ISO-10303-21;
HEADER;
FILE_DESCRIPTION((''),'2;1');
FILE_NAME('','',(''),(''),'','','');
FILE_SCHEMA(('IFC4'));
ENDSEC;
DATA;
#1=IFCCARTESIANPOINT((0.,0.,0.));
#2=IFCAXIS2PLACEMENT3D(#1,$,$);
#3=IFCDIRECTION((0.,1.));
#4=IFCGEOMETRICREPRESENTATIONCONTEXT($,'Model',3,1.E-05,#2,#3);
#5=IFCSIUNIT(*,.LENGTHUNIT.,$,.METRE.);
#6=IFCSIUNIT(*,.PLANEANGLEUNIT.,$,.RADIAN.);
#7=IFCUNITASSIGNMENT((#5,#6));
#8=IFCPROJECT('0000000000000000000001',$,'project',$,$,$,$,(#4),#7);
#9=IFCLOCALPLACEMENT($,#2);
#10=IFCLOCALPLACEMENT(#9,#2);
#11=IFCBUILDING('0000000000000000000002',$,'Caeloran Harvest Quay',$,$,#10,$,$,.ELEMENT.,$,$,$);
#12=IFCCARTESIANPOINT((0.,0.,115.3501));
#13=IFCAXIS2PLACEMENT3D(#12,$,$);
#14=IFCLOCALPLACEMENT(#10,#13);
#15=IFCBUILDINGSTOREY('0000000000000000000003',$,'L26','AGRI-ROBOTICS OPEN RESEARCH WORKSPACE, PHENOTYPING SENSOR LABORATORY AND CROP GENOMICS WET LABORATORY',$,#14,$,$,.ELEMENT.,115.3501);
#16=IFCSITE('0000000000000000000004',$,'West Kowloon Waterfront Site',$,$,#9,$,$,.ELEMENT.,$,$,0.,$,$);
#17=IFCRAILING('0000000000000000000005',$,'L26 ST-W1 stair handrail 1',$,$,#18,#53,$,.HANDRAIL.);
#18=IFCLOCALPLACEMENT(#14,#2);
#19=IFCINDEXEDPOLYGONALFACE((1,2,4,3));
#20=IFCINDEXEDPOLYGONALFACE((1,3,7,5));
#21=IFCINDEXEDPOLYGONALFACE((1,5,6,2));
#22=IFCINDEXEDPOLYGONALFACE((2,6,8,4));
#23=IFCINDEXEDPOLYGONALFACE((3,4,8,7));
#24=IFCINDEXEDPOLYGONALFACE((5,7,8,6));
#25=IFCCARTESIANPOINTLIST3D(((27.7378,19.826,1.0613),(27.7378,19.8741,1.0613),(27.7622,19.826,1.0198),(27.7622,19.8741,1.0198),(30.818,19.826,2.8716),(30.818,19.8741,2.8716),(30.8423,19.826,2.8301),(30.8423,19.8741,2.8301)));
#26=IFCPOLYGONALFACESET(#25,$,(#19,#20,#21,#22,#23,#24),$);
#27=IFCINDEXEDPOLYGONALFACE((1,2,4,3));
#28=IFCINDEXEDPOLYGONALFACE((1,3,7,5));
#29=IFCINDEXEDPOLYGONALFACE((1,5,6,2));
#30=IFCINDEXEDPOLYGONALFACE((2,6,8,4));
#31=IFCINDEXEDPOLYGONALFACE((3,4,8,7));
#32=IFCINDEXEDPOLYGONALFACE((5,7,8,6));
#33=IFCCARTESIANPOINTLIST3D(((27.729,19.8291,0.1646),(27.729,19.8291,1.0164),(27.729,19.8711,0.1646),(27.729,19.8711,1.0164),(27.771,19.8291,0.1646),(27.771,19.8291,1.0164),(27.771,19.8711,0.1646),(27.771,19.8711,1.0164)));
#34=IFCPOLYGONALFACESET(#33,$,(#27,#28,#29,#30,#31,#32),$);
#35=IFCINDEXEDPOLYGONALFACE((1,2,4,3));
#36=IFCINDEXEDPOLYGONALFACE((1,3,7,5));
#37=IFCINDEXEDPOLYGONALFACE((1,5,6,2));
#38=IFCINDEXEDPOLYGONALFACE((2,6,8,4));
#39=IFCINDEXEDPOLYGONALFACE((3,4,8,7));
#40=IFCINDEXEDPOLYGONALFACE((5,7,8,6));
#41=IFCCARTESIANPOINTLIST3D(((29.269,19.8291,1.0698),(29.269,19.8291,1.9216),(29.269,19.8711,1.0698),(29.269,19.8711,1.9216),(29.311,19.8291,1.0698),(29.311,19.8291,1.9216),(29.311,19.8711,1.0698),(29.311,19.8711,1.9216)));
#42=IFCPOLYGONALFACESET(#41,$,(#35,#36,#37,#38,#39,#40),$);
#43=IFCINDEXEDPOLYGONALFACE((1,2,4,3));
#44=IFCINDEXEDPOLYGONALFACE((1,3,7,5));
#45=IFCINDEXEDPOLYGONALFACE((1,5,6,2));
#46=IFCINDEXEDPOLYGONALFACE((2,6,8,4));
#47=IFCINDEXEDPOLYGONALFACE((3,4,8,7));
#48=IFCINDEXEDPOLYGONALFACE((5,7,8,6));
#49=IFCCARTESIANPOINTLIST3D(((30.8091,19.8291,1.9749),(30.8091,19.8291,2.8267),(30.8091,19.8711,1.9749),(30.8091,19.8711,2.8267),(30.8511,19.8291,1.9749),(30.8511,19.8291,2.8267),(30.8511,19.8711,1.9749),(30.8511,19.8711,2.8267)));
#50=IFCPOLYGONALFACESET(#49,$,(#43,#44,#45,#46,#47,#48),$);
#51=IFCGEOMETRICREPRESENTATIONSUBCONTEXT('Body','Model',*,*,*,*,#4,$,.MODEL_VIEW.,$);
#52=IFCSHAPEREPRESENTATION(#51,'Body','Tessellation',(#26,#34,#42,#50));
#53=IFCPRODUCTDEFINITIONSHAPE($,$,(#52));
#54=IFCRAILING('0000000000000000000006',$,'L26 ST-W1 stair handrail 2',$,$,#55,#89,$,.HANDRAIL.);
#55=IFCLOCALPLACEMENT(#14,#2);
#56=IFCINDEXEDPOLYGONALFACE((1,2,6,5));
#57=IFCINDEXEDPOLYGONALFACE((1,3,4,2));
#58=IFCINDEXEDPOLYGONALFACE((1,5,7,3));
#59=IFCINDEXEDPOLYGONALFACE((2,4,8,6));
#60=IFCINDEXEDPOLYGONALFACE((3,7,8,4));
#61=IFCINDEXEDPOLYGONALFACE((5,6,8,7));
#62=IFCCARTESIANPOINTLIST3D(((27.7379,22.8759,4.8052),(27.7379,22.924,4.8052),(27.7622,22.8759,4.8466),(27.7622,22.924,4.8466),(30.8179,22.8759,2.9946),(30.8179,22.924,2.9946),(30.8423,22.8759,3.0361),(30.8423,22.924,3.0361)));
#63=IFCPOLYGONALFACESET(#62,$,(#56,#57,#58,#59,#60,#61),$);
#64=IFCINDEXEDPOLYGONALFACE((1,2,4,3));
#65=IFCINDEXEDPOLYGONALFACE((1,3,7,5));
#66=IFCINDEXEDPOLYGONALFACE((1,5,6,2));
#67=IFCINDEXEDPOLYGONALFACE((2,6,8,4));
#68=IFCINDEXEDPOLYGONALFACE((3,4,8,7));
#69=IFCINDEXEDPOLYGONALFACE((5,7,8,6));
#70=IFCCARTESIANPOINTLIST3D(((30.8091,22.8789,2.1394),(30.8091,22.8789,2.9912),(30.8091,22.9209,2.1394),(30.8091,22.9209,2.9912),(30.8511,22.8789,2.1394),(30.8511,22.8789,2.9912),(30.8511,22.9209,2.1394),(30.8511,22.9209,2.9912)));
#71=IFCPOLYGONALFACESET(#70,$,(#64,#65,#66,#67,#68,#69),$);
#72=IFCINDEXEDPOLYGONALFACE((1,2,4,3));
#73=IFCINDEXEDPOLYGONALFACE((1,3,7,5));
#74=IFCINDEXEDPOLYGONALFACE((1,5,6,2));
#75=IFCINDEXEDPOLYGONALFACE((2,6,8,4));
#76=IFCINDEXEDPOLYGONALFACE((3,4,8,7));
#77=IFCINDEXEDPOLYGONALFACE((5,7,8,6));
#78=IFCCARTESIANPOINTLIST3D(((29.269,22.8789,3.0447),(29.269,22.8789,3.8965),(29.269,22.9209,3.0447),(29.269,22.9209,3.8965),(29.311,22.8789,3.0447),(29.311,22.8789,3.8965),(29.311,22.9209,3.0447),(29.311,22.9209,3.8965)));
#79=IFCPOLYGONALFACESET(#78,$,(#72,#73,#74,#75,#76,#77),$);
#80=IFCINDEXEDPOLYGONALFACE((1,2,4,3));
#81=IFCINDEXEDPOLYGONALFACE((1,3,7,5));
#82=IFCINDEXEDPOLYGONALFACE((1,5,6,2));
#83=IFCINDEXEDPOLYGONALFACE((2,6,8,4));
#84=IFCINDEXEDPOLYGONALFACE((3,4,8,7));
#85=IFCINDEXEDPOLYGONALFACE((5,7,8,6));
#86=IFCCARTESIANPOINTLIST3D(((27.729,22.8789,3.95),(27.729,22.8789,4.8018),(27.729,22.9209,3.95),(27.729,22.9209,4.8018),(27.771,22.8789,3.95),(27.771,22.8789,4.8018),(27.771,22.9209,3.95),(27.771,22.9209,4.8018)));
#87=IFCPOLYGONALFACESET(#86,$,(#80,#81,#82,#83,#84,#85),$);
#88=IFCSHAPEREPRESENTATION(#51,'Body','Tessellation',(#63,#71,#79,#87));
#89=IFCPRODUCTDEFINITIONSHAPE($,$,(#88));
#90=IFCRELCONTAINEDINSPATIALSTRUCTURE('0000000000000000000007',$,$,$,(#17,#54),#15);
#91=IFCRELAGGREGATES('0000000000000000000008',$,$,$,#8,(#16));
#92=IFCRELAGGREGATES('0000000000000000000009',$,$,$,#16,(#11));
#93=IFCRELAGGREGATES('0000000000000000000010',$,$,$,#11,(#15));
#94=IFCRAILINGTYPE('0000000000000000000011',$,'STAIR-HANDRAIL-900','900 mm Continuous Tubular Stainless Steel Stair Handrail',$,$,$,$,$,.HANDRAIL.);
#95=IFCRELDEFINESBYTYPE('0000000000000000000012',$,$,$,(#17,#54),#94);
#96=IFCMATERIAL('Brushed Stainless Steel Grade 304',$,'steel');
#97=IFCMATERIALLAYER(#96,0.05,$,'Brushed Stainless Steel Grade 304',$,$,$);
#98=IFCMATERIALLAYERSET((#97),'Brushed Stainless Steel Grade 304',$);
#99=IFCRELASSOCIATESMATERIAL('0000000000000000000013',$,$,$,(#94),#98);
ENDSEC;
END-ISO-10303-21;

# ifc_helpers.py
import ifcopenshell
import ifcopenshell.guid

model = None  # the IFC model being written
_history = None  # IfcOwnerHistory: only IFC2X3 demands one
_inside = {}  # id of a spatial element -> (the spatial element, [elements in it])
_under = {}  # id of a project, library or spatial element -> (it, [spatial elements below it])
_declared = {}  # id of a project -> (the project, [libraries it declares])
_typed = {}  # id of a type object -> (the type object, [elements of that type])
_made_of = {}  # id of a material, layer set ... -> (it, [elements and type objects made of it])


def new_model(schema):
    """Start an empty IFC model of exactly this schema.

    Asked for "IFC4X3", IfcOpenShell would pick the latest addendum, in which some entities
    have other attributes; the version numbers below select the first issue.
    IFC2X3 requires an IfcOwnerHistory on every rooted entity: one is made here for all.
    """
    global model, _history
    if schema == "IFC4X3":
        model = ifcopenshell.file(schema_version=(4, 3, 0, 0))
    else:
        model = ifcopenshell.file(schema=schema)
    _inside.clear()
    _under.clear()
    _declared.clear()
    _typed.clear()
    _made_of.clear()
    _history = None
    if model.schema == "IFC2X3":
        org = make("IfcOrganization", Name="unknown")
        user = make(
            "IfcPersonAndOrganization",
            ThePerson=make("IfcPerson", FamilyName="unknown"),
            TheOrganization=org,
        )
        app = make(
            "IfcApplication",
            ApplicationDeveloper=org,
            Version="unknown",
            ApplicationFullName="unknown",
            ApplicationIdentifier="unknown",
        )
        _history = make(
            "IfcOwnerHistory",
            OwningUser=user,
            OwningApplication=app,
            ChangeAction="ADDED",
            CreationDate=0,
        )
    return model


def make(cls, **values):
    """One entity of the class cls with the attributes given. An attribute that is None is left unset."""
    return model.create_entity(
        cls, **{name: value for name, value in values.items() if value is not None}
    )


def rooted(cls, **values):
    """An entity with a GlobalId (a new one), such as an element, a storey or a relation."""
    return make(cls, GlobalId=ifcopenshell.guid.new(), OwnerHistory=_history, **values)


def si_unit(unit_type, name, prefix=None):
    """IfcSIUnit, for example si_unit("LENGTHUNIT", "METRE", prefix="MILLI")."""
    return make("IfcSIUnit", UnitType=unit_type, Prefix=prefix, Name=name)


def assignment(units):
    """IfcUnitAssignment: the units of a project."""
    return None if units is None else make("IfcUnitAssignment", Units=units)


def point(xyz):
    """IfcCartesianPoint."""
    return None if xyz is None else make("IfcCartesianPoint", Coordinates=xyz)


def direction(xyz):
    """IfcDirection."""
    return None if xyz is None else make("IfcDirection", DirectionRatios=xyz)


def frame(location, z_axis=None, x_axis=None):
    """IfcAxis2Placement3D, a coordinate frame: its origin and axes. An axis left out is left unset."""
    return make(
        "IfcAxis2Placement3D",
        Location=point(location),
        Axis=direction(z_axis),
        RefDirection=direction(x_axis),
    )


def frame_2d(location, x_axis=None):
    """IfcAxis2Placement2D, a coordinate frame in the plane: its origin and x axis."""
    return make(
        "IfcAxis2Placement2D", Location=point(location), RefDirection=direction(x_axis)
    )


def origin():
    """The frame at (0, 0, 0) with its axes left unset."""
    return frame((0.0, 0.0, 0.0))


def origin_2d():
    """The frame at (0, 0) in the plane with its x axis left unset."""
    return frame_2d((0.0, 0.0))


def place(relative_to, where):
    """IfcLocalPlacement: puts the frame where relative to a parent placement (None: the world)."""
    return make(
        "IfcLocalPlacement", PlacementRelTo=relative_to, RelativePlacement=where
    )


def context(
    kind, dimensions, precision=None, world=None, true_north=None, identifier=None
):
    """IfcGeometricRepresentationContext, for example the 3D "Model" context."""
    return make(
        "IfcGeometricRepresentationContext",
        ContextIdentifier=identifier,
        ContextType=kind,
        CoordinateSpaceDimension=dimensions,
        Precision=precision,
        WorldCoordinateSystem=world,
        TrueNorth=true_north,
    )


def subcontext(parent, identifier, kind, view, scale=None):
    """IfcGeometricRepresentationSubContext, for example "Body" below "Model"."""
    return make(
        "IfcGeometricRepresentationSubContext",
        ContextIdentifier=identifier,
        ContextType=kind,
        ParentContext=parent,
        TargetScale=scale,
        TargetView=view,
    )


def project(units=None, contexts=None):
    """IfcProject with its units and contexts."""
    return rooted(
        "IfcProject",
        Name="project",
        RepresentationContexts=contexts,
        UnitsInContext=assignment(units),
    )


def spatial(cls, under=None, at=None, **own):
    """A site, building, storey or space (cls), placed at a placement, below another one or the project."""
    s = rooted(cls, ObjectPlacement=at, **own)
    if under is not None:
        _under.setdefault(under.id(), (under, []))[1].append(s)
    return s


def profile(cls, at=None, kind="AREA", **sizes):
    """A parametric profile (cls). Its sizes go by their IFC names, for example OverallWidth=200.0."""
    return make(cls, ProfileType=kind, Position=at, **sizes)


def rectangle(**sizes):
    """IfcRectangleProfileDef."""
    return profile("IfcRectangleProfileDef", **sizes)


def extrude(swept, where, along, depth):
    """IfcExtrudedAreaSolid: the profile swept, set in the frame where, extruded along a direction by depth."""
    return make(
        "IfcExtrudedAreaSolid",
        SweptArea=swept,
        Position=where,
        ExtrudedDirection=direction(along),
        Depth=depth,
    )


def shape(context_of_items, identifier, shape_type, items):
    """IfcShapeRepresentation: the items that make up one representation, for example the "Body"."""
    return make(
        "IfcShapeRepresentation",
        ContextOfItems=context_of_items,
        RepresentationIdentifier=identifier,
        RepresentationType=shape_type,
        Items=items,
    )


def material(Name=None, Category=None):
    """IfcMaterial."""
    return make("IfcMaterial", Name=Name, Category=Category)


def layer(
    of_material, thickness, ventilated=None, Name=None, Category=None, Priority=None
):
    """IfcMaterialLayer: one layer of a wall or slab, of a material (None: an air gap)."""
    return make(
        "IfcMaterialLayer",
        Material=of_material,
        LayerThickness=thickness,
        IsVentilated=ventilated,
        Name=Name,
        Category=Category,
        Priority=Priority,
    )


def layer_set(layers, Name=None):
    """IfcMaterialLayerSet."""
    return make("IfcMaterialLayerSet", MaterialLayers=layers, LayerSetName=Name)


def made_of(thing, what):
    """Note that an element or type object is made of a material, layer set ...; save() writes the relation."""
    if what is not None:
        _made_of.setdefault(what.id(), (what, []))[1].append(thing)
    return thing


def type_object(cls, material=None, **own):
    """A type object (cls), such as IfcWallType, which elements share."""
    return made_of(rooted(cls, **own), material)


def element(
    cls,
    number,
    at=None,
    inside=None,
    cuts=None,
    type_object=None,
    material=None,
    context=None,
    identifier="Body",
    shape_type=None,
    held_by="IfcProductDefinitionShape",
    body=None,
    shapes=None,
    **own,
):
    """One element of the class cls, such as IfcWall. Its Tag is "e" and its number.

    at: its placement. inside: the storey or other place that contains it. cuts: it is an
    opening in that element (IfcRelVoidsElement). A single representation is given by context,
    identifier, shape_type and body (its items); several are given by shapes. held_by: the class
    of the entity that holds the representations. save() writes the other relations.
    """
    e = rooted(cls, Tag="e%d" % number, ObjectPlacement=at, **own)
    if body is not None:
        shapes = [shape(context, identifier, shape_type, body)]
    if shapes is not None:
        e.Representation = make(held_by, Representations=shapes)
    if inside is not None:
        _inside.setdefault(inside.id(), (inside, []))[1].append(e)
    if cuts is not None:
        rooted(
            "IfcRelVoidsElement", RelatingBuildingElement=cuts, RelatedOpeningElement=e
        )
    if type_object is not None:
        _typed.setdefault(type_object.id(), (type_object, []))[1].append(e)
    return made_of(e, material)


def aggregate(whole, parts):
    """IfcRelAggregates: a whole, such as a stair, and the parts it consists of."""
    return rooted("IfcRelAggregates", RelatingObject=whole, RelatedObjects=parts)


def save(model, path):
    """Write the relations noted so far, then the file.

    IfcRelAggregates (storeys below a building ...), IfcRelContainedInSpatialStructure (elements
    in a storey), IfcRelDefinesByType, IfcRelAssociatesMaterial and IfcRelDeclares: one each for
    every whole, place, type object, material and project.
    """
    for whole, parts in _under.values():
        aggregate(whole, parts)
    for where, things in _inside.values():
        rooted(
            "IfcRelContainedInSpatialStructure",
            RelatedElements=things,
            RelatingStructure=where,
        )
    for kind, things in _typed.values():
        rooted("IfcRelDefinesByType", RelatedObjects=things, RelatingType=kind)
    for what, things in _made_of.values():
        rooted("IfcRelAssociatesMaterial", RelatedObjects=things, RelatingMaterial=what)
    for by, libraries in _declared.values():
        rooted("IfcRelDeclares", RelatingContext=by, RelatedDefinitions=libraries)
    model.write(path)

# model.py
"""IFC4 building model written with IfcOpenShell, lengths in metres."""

from ifc_helpers import new_model, si_unit, direction, frame, origin, origin_2d, place, context, subcontext, project, spatial, rectangle, extrude, material, layer, layer_set, type_object, element, save


model = new_model("IFC4")

# Units and contexts
model_context = context("Model", 3, precision=1e-05, world=origin(), true_north=direction((0.0, 1.0)))
body_context = subcontext(model_context, "Body", "Model", "MODEL_VIEW")
ifc_project = project(units=[si_unit("LENGTHUNIT", "METRE"), si_unit("PLANEANGLEUNIT", "RADIAN")], contexts=[model_context])

# Site, building, storey
site_placement = place(None, origin())
site = spatial("IfcSite", under=ifc_project, at=site_placement, Name="West Kowloon Waterfront Site", CompositionType="ELEMENT", RefElevation=0.0)
building_placement = place(site_placement, origin())
building = spatial("IfcBuilding", under=site, at=building_placement, Name="Caeloran Harvest Quay", CompositionType="ELEMENT")
storey_placement = place(building_placement, frame((0.0, 0.0, 115.3501)))
storey = spatial("IfcBuildingStorey", under=building, at=storey_placement, Name="L26", Description="AGRI-ROBOTICS OPEN RESEARCH WORKSPACE, PHENOTYPING SENSOR LABORATORY AND CROP GENOMICS WET LABORATORY", CompositionType="ELEMENT", Elevation=115.3501)

# Railings
ifc_material_1 = material(Name="Brushed Stainless Steel Grade 304", Category="steel")
ifc_layer_1 = layer(ifc_material_1, 0.05, Name="Brushed Stainless Steel Grade 304")
ifc_layer_set_1 = layer_set([ifc_layer_1], Name="Brushed Stainless Steel Grade 304")
railing_type_1 = type_object("IfcRailingType", Name="STAIR-HANDRAIL-900", Description="900 mm Continuous Tubular Stainless Steel Stair Handrail", PredefinedType="HANDRAIL", material=ifc_layer_set_1)
railing_1_placement = place(storey_placement, frame((27.75, 19.8501, 0.1646)))
element("IfcRailing", 1, at=railing_1_placement, inside=storey, type_object=railing_type_1, Name="L26 ST-W1 stair handrail 1", PredefinedType="HANDRAIL", context=body_context, shape_type="SweptSolid", body=[
    extrude(rectangle(XDim=0.0481, YDim=0.0481, at=origin_2d()), frame((0.0, 0.0, 0.876), z_axis=(0.862119, 0.0, 0.506707), x_axis=(0.0, 1.0, 0.0)), (0.0, 0.0, 1.0), 3.5728),
    extrude(rectangle(XDim=0.042, YDim=0.042, at=origin_2d()), origin(), (0.0, 0.0, 1.0), 0.8518),
    extrude(rectangle(XDim=0.042, YDim=0.042, at=origin_2d()), frame((1.54, 0.0, 0.9053)), (0.0, 0.0, 1.0), 0.8518),
    extrude(rectangle(XDim=0.042, YDim=0.042, at=origin_2d()), frame((3.0801, 0.0, 1.8103)), (0.0, 0.0, 1.0), 0.8518),
])
railing_2_placement = place(storey_placement, frame((30.8301, 22.8999, 2.1394)))
element("IfcRailing", 2, at=railing_2_placement, inside=storey, type_object=railing_type_1, Name="L26 ST-W1 stair handrail 2", PredefinedType="HANDRAIL", context=body_context, shape_type="SweptSolid", body=[
    extrude(rectangle(XDim=0.0481, YDim=0.0481, at=origin_2d()), frame((0.0, 0.0, 0.876), z_axis=(-0.862089, 0.0, 0.506757), x_axis=(0.0, -1.0, 0.0)), (0.0, 0.0, 1.0), 3.5728),
    extrude(rectangle(XDim=0.042, YDim=0.042, at=origin_2d()), origin(), (0.0, 0.0, 1.0), 0.8518),
    extrude(rectangle(XDim=0.042, YDim=0.042, at=origin_2d()), frame((-1.54, 0.0, 0.9053)), (0.0, 0.0, 1.0), 0.8518),
    extrude(rectangle(XDim=0.042, YDim=0.042, at=origin_2d()), frame((-3.0801, 0.0, 1.8105)), (0.0, 0.0, 1.0), 0.8518),
])

save(model, "model.ifc")
